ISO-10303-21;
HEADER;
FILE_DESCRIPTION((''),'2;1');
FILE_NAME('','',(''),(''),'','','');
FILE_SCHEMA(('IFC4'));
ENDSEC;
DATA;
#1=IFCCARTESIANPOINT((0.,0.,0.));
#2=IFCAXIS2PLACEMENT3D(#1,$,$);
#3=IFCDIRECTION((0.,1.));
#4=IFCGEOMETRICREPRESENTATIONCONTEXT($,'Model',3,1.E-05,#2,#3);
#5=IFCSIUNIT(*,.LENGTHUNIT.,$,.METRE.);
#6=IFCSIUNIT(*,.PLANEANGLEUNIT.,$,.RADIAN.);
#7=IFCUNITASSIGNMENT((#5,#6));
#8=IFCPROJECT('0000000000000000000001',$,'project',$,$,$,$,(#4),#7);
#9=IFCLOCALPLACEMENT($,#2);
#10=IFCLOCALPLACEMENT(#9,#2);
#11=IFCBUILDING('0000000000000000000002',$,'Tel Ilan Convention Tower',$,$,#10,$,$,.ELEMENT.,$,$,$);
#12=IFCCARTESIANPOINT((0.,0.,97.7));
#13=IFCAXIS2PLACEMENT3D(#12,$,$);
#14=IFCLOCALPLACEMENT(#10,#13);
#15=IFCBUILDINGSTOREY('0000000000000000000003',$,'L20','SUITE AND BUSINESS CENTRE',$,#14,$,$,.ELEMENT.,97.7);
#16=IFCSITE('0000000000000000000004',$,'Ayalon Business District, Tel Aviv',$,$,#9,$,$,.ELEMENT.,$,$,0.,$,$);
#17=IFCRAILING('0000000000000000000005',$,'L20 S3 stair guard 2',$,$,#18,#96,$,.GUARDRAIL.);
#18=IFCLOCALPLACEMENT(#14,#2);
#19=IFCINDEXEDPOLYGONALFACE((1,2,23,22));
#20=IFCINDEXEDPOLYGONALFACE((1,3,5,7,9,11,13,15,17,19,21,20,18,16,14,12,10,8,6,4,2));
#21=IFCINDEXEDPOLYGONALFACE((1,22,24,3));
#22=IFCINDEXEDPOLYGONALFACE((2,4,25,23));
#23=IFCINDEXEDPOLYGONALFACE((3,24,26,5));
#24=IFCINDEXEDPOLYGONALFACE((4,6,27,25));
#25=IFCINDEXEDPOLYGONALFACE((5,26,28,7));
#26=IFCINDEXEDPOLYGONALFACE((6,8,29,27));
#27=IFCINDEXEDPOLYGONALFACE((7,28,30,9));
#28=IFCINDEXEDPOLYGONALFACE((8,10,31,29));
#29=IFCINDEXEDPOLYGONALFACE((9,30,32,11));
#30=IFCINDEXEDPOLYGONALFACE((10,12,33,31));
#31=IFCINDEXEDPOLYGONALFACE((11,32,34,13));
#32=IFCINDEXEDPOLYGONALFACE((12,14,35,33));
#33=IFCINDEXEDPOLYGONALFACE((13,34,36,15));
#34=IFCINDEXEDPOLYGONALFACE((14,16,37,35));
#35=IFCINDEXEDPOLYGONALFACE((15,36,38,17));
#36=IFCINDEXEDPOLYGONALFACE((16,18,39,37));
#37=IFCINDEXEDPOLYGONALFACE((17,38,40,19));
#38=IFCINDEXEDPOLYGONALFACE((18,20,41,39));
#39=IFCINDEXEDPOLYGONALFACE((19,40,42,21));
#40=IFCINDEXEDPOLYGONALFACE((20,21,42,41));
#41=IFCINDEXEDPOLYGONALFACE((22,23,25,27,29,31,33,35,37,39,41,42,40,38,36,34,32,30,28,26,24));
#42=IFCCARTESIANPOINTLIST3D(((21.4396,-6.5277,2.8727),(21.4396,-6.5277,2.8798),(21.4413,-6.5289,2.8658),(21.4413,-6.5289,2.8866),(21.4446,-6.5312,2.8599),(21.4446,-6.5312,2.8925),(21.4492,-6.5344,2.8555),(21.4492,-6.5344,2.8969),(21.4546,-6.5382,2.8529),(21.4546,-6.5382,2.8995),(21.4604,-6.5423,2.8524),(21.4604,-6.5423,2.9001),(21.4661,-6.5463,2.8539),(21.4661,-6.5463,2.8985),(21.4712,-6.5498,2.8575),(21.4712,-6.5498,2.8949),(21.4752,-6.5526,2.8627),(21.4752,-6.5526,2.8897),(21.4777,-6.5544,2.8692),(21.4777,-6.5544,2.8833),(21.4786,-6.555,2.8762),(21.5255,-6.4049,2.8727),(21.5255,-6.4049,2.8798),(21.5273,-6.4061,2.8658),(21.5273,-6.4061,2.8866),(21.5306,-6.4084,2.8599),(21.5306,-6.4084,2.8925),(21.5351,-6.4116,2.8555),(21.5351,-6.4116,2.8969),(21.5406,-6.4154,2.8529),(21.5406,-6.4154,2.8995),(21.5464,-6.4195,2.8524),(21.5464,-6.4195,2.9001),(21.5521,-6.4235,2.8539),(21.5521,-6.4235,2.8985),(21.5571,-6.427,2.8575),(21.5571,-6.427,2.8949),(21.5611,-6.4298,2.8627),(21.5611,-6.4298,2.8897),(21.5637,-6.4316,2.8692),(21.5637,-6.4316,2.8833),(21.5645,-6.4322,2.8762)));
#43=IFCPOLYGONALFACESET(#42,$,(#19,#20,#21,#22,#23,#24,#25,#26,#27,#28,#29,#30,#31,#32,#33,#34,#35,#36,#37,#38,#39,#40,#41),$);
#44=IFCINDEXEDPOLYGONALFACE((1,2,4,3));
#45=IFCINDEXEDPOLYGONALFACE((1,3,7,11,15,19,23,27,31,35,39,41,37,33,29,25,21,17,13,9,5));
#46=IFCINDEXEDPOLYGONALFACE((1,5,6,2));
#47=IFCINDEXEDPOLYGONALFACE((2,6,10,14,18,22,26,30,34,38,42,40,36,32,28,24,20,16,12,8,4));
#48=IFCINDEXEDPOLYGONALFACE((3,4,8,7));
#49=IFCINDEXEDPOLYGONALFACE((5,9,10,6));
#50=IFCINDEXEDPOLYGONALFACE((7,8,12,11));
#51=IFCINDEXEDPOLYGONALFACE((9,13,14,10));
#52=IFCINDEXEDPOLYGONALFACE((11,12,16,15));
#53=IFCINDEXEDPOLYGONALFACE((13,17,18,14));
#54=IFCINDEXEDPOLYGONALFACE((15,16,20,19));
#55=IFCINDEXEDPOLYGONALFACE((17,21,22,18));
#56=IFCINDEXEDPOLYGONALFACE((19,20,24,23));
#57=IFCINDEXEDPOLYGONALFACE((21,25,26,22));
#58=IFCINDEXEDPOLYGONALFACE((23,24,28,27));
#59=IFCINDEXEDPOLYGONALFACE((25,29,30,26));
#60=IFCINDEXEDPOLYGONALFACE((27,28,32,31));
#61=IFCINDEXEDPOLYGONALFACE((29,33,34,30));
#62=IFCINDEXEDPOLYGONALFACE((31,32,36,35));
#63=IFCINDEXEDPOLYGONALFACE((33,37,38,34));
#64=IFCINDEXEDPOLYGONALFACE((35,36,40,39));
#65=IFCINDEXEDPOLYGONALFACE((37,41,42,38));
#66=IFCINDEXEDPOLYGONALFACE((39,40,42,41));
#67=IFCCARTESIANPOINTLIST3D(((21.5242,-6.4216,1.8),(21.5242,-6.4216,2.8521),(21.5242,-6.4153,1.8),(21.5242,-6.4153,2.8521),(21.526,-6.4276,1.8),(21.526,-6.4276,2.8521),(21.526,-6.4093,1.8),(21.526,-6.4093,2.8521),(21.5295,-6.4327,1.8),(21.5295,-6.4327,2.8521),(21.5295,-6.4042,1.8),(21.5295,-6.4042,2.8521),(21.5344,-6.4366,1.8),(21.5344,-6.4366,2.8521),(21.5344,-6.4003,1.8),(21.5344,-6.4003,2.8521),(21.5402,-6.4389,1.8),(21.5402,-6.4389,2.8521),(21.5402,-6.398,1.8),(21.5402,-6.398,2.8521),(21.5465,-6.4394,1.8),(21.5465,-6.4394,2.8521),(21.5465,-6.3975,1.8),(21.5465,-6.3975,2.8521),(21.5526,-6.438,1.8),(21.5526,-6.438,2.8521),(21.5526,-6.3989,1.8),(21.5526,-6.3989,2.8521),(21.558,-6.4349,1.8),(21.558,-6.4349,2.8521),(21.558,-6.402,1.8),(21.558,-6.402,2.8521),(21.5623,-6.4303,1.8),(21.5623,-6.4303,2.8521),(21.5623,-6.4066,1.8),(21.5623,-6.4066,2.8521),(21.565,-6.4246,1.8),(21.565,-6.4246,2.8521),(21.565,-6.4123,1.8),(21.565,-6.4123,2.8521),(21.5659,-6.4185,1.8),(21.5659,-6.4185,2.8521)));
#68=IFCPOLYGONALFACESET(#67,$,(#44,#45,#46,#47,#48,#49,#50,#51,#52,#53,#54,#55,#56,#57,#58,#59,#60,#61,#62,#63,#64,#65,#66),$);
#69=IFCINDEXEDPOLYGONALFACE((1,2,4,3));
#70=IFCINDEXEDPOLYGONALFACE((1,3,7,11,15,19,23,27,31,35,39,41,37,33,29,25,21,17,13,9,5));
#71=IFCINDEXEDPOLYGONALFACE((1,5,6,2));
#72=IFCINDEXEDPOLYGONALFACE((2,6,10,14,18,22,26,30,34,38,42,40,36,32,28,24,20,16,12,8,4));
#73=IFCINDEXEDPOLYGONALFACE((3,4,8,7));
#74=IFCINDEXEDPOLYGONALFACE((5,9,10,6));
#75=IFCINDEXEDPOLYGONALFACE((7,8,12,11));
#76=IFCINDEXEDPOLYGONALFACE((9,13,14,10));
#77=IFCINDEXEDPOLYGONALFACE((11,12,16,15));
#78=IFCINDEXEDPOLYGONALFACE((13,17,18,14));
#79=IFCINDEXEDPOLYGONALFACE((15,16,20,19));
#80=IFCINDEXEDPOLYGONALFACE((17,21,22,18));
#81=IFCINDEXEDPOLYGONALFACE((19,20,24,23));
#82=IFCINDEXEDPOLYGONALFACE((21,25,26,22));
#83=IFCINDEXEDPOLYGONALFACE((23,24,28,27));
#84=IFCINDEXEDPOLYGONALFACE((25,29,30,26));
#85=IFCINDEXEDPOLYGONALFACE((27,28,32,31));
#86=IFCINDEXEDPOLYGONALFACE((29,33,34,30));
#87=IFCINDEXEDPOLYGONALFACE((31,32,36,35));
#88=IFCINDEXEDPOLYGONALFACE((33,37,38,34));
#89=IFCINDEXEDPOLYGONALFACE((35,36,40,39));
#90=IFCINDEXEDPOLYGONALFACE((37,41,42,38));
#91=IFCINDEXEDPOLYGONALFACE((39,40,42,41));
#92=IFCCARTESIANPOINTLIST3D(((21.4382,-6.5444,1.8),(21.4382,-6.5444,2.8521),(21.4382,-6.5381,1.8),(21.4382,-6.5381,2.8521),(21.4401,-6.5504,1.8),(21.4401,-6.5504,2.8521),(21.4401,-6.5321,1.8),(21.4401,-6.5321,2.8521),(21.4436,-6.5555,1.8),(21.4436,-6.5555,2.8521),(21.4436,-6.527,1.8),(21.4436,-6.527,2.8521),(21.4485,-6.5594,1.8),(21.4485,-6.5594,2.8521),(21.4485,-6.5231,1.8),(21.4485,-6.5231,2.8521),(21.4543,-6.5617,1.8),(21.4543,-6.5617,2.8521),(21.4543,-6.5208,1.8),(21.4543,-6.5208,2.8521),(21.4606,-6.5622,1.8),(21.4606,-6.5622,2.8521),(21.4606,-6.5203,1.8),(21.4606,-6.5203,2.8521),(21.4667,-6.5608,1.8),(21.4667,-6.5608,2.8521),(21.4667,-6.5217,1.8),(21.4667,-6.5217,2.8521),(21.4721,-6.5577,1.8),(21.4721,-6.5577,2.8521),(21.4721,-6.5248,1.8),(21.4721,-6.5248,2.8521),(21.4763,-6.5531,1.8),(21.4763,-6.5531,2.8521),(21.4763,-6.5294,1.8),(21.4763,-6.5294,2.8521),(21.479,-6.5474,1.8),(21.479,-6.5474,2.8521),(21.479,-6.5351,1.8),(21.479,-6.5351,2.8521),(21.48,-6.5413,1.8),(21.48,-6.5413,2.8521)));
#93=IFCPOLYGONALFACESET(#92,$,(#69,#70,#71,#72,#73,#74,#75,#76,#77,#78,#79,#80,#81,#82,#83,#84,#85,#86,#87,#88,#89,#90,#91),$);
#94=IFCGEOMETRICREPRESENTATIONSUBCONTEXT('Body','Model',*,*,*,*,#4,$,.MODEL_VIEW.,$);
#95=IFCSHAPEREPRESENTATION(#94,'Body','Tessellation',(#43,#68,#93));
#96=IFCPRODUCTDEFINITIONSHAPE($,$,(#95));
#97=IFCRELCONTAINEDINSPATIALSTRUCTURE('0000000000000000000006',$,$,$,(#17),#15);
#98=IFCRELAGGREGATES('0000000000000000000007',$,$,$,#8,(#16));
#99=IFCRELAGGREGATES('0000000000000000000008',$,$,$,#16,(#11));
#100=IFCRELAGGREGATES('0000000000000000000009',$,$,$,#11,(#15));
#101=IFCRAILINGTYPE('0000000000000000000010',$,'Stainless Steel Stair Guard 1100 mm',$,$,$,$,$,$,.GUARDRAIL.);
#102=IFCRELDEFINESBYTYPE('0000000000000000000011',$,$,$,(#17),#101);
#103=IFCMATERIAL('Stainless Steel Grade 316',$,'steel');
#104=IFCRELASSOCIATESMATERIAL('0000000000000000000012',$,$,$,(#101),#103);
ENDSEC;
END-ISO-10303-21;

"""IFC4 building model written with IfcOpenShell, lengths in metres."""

from ifc_helpers import new_model, si_unit, direction, frame, origin, origin_2d, place, context, subcontext, project, spatial, circle, extrude, material, type_object, element, save


model = new_model("IFC4")

# Units and contexts
model_context = context("Model", 3, precision=1e-05, world=origin(), true_north=direction((0.0, 1.0)))
body_context = subcontext(model_context, "Body", "Model", "MODEL_VIEW")
ifc_project = project(units=[si_unit("LENGTHUNIT", "METRE"), si_unit("PLANEANGLEUNIT", "RADIAN")], contexts=[model_context])

# Site, building, storey
site_placement = place(None, origin())
site = spatial("IfcSite", under=ifc_project, at=site_placement, Name="Ayalon Business District, Tel Aviv", CompositionType="ELEMENT", RefElevation=0.0)
building_placement = place(site_placement, origin())
building = spatial("IfcBuilding", under=site, at=building_placement, Name="Tel Ilan Convention Tower", CompositionType="ELEMENT")
storey_placement = place(building_placement, frame((0.0, 0.0, 97.7)))
storey = spatial("IfcBuildingStorey", under=building, at=storey_placement, Name="L20", Description="SUITE AND BUSINESS CENTRE", CompositionType="ELEMENT", Elevation=97.7)

# Railing
ifc_material_1 = material(Name="Stainless Steel Grade 316", Category="steel")
railing_type_1 = type_object("IfcRailingType", Name="Stainless Steel Stair Guard 1100 mm", PredefinedType="GUARDRAIL", material=ifc_material_1)
railing_1_placement = place(storey_placement, frame((21.5449, -6.4185, 1.8)))
element("IfcRailing", 1, at=railing_1_placement, inside=storey, type_object=railing_type_1, Name="L20 S3 stair guard 2", PredefinedType="GUARDRAIL", context=body_context, shape_type="SweptSolid", body=[
    extrude(circle(Radius=0.0239, at=origin_2d()), frame((0.0, 0.0, 1.0762), z_axis=(-0.573353, -0.819308, 0.0), x_axis=(0.819308, -0.573353, 0.0)), (0.0, 0.0, 1.0), 0.1499),
    extrude(circle(Radius=0.021, at=origin_2d()), origin(), (0.0, 0.0, 1.0), 1.052),
    extrude(circle(Radius=0.021, at=origin_2d()), frame((-0.0859, -0.1228, 0.0)), (0.0, 0.0, 1.0), 1.052),
])

save(model, "model.ifc")
